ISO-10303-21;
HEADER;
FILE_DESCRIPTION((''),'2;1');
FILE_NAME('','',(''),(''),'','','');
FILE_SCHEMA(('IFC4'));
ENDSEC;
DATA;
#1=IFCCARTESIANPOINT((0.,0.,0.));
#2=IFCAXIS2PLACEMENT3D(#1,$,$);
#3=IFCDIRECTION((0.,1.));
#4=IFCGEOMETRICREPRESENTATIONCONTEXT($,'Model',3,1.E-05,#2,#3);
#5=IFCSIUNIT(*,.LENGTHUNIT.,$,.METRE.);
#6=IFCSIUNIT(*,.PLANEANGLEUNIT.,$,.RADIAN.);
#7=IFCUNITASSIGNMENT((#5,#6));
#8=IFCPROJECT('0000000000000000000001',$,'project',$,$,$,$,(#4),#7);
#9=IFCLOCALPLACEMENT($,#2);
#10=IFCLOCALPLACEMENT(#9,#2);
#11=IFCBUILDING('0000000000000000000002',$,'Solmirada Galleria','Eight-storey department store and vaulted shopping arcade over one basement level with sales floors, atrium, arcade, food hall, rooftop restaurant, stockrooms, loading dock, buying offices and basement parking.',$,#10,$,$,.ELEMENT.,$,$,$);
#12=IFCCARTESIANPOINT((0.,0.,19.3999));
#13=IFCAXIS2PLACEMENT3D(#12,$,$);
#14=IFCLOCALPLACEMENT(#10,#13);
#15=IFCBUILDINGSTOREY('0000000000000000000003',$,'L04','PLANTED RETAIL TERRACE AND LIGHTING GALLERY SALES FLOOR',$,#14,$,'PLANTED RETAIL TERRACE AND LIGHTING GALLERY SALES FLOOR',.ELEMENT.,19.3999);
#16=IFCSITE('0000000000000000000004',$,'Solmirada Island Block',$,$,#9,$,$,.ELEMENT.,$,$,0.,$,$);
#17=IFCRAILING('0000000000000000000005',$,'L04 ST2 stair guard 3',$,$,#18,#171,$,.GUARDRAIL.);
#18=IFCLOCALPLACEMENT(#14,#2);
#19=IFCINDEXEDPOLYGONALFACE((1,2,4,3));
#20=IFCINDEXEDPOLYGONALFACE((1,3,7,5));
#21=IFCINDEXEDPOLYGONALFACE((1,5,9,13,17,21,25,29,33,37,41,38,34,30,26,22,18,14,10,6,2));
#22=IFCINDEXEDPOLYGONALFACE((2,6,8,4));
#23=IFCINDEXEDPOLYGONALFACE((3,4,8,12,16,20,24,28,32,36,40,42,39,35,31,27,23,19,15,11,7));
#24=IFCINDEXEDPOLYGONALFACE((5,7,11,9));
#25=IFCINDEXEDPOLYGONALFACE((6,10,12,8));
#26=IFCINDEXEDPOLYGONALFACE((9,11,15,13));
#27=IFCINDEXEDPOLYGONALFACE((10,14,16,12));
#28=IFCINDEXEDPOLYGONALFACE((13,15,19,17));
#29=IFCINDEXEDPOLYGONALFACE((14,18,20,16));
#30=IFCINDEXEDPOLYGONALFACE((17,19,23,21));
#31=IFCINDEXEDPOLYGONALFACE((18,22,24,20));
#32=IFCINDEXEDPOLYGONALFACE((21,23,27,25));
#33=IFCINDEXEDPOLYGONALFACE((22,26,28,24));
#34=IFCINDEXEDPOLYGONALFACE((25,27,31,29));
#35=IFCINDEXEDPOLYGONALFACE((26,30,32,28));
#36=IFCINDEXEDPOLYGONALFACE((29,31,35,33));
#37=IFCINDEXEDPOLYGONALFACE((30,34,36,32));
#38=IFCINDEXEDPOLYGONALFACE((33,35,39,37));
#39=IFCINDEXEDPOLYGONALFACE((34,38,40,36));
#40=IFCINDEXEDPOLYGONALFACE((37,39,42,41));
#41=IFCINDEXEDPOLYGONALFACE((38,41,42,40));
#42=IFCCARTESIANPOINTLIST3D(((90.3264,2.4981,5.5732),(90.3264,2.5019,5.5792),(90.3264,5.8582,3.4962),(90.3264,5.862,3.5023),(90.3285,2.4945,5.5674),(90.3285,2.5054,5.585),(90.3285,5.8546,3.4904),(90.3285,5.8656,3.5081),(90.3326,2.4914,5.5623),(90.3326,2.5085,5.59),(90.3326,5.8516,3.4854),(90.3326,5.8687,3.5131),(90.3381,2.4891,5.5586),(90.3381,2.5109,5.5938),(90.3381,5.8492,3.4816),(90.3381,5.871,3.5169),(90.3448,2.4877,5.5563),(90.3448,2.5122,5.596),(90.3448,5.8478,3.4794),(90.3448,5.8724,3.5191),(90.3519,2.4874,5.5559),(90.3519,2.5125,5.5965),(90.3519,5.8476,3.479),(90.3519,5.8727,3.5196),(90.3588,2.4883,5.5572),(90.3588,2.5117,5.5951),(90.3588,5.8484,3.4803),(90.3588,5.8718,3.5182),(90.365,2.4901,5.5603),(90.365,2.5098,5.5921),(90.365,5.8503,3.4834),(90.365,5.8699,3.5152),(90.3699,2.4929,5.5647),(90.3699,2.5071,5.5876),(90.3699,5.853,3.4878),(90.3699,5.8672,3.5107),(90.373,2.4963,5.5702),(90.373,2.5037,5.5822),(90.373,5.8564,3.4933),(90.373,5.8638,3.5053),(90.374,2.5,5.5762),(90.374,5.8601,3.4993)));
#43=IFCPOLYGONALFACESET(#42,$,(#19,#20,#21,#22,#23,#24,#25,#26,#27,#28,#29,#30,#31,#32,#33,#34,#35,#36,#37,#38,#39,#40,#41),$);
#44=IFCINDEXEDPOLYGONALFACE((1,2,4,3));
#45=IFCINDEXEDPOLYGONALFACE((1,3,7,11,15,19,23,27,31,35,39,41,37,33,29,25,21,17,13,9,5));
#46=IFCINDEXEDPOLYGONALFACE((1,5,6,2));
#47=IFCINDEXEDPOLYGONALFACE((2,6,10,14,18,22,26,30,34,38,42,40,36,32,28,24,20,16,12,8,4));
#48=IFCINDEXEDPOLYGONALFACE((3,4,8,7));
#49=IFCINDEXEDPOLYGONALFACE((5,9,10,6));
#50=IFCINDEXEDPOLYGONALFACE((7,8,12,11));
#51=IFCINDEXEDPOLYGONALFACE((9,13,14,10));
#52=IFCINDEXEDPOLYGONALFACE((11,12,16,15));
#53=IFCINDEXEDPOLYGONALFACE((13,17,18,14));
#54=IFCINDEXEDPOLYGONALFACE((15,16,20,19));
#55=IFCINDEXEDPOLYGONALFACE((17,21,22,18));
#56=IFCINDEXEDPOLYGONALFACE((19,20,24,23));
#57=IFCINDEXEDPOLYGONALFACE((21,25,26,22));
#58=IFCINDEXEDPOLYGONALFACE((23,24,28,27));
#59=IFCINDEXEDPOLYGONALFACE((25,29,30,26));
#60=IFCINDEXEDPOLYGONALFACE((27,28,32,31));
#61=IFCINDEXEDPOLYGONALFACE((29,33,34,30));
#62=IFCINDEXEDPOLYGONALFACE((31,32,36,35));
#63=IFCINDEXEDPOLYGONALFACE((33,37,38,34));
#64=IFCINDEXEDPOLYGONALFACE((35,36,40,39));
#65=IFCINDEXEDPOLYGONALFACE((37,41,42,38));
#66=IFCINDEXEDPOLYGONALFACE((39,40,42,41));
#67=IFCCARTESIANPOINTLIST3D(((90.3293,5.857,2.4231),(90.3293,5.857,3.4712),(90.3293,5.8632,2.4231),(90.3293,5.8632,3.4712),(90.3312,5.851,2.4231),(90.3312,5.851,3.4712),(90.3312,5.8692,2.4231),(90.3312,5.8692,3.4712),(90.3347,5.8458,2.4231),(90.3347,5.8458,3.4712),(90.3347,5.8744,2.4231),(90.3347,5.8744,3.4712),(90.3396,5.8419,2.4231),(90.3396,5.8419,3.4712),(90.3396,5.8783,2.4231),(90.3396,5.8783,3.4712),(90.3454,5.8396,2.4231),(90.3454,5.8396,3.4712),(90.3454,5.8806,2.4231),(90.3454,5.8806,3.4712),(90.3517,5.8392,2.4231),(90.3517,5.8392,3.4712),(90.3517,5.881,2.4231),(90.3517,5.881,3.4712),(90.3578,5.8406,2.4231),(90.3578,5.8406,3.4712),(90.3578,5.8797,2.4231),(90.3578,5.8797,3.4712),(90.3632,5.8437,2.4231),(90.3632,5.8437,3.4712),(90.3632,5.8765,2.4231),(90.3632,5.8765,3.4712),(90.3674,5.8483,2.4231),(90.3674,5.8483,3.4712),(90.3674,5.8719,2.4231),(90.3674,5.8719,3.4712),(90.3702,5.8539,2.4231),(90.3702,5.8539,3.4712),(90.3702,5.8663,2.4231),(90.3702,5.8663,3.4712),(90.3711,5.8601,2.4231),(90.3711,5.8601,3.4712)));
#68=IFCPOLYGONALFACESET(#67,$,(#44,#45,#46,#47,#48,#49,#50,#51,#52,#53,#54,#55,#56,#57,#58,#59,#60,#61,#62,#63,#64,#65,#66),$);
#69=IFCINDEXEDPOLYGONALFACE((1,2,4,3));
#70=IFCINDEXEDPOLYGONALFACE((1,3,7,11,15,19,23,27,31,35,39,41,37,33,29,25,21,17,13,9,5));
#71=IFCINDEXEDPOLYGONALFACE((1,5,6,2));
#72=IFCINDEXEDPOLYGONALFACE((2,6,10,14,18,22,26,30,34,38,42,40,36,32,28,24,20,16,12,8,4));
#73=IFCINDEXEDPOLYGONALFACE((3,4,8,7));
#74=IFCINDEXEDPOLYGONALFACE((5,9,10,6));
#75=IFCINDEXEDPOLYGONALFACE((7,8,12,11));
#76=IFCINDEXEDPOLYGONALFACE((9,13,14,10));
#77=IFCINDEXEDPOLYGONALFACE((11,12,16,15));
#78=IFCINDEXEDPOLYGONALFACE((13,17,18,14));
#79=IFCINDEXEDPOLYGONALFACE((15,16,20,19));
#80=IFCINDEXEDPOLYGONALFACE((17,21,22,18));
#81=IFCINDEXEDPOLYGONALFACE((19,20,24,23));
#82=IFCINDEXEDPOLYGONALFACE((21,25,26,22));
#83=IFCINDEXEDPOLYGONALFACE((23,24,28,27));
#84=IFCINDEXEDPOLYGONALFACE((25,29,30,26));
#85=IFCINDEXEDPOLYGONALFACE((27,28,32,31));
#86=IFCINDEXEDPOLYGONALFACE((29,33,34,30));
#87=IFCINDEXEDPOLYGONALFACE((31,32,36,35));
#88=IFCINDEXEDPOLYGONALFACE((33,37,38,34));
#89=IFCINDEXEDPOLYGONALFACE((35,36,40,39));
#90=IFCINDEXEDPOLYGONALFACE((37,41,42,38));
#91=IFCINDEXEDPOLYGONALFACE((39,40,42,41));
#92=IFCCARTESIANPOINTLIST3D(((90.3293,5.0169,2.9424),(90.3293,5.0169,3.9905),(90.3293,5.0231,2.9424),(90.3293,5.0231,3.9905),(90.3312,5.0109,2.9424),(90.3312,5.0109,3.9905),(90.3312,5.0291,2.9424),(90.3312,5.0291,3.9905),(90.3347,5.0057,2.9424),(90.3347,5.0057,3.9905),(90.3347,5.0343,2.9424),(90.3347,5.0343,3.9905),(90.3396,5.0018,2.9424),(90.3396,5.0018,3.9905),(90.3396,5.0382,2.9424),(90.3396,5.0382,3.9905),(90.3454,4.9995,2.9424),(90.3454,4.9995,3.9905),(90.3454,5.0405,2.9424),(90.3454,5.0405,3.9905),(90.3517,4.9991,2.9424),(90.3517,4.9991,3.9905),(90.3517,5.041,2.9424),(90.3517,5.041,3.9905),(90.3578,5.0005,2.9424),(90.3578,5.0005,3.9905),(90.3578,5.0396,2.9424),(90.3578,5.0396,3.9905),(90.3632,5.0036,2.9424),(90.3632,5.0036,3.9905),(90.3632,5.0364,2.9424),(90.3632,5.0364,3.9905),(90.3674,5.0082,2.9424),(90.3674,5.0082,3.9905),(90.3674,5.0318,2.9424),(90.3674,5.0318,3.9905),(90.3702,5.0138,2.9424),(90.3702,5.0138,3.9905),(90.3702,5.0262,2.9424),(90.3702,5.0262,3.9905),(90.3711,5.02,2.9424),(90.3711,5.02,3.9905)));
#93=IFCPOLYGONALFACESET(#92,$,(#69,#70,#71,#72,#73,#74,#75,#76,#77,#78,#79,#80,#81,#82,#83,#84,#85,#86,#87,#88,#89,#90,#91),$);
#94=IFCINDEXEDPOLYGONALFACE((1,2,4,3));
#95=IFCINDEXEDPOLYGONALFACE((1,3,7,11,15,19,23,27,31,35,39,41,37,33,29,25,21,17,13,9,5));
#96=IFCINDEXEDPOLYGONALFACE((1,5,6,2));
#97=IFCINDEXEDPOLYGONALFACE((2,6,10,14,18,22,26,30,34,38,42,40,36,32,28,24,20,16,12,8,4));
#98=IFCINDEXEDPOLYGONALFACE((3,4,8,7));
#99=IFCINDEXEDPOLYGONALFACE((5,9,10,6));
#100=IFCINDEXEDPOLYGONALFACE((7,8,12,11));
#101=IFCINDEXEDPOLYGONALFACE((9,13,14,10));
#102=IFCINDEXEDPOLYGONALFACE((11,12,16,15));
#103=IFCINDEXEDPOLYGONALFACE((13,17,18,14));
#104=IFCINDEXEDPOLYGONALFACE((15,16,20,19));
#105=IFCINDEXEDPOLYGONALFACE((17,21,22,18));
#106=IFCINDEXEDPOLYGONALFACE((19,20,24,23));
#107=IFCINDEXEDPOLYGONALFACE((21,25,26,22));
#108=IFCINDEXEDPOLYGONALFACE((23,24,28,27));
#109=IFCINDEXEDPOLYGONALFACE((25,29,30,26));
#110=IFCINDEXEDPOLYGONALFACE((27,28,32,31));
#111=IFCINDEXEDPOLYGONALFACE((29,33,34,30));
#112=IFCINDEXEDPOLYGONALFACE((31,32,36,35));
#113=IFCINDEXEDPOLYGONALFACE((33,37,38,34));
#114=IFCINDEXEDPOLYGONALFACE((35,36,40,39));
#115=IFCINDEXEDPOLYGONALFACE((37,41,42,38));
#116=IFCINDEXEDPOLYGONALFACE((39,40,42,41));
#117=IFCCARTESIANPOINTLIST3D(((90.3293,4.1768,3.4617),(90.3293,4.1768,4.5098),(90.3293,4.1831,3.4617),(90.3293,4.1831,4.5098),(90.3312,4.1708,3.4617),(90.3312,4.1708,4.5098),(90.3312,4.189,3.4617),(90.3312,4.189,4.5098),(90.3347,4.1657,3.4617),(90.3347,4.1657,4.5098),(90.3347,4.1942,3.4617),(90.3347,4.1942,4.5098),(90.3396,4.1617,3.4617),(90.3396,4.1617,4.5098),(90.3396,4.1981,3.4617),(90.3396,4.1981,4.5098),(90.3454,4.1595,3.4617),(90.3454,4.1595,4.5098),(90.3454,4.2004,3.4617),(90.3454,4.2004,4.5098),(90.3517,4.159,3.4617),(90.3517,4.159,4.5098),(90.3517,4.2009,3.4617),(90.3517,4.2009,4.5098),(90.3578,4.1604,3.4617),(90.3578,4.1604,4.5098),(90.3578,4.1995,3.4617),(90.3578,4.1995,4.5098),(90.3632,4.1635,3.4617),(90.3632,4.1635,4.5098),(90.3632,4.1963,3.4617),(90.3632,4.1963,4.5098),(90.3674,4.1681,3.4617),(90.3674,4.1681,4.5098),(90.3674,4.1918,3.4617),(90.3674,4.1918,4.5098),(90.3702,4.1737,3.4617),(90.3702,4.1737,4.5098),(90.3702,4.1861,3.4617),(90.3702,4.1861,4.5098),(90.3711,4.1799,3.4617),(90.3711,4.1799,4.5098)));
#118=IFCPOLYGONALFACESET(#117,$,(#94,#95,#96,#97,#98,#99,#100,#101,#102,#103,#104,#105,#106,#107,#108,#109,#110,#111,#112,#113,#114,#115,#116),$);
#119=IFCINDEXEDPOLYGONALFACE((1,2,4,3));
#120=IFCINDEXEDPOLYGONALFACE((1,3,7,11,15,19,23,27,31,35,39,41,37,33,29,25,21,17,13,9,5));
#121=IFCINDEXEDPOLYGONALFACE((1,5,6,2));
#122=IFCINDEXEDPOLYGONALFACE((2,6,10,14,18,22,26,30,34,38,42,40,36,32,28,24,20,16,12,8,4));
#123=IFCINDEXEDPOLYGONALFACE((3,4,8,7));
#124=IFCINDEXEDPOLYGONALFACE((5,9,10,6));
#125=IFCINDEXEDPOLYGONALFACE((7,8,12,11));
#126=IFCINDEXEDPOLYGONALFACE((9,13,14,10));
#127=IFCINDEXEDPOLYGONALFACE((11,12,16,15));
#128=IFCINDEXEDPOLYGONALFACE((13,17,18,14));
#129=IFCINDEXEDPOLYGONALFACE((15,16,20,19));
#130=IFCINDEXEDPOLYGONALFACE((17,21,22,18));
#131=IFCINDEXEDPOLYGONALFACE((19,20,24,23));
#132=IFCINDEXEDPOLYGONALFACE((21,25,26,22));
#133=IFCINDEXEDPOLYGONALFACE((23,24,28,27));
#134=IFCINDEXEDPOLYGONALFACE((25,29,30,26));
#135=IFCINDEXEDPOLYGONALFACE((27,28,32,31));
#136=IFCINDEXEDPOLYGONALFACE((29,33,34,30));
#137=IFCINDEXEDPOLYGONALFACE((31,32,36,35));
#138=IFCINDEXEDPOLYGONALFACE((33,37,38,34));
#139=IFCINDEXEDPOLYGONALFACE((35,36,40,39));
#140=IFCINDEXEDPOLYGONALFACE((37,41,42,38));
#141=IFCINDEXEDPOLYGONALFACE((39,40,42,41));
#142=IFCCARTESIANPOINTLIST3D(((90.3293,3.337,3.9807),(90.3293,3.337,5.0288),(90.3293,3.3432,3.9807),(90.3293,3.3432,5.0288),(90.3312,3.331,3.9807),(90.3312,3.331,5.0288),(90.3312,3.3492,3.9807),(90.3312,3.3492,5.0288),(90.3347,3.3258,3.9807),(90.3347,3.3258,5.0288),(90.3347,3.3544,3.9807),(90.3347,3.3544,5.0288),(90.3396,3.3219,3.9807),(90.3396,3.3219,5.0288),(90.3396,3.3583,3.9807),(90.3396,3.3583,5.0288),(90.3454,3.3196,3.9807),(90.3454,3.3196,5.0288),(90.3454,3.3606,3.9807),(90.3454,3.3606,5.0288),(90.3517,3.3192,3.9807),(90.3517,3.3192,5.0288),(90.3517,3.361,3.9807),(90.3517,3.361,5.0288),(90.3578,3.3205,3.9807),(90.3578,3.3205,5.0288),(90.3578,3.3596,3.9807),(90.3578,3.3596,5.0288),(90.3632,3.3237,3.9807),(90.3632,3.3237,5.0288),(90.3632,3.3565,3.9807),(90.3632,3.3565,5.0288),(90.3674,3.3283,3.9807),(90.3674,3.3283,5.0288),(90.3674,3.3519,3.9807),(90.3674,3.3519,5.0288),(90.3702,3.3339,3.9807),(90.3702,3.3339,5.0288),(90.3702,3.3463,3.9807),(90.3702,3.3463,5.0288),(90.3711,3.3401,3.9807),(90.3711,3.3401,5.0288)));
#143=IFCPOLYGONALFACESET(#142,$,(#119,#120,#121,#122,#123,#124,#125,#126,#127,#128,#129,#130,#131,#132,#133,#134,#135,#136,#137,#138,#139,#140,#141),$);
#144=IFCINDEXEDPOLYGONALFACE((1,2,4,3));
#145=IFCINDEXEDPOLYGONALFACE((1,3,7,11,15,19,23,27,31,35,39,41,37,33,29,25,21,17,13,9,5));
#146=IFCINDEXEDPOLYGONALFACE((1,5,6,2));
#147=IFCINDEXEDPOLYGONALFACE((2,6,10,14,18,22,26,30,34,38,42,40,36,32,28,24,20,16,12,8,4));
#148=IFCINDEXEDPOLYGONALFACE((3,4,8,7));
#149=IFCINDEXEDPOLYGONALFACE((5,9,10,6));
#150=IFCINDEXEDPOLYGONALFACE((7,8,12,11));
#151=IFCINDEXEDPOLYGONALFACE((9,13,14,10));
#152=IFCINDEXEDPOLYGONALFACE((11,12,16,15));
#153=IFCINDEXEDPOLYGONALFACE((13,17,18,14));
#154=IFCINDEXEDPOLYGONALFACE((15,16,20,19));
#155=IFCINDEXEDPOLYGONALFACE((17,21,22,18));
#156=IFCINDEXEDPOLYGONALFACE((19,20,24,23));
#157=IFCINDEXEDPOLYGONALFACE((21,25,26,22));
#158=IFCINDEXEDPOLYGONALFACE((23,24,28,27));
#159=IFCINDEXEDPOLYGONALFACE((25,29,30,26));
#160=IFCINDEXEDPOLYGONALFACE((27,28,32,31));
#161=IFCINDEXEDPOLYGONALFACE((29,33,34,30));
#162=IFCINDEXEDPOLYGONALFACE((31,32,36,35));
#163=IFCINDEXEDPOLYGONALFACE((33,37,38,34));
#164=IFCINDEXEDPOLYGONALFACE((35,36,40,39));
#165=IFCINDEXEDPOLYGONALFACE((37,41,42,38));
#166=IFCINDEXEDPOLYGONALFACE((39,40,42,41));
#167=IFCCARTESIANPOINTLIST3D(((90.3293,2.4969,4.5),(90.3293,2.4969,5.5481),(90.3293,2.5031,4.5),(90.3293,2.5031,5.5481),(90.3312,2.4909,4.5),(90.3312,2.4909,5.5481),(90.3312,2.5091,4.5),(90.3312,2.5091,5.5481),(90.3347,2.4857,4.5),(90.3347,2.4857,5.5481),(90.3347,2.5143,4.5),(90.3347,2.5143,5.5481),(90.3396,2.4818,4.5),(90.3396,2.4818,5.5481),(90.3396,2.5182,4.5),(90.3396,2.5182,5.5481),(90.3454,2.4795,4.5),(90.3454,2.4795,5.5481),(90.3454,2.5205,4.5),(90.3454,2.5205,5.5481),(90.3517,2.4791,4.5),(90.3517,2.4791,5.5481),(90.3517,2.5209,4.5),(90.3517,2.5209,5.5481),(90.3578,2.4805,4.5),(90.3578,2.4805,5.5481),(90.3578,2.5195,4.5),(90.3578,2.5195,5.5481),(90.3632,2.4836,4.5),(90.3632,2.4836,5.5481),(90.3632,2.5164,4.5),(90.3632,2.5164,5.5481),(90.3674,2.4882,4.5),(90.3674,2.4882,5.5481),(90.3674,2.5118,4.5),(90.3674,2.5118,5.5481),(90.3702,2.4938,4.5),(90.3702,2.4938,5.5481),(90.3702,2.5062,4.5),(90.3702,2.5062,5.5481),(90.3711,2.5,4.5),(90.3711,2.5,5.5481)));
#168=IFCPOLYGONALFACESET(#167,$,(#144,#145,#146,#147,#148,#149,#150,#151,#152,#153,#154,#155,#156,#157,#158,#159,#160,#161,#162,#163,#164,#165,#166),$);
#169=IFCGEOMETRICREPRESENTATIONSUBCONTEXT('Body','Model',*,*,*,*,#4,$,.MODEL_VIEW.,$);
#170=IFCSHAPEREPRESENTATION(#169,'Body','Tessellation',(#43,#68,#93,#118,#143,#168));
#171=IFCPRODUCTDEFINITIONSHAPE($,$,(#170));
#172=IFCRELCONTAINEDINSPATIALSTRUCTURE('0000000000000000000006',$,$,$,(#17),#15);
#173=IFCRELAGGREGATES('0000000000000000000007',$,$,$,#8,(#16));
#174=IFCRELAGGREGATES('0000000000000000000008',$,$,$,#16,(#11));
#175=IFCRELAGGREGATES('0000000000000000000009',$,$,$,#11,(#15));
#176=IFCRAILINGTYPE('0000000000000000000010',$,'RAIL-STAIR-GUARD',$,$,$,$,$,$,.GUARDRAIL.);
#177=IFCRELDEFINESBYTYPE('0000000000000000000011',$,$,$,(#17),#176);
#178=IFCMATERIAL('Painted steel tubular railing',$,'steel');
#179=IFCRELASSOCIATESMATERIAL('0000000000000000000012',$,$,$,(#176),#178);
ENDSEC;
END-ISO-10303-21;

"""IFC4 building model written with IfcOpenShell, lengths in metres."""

from ifc_helpers import new_model, si_unit, direction, frame, origin, origin_2d, place, context, subcontext, project, spatial, circle, extrude, material, type_object, element, save


model = new_model("IFC4")

# Units and contexts
model_context = context("Model", 3, precision=1e-05, world=origin(), true_north=direction((0.0, 1.0)))
body_context = subcontext(model_context, "Body", "Model", "MODEL_VIEW")
ifc_project = project(units=[si_unit("LENGTHUNIT", "METRE"), si_unit("PLANEANGLEUNIT", "RADIAN")], contexts=[model_context])

# Site, building, storey
site_placement = place(None, origin())
site = spatial("IfcSite", under=ifc_project, at=site_placement, Name="Solmirada Island Block", CompositionType="ELEMENT", RefElevation=0.0)
building_placement = place(site_placement, origin())
building = spatial("IfcBuilding", under=site, at=building_placement, Name="Solmirada Galleria", Description="Eight-storey department store and vaulted shopping arcade over one basement level with sales floors, atrium, arcade, food hall, rooftop restaurant, stockrooms, loading dock, buying offices and basement parking.", CompositionType="ELEMENT")
storey_placement = place(building_placement, frame((0.0, 0.0, 19.3999)))
storey = spatial("IfcBuildingStorey", under=building, at=storey_placement, Name="L04", Description="PLANTED RETAIL TERRACE AND LIGHTING GALLERY SALES FLOOR", LongName="PLANTED RETAIL TERRACE AND LIGHTING GALLERY SALES FLOOR", CompositionType="ELEMENT", Elevation=19.3999)

# Railing
ifc_material_1 = material(Name="Painted steel tubular railing", Category="steel")
railing_type_1 = type_object("IfcRailingType", Name="RAIL-STAIR-GUARD", PredefinedType="GUARDRAIL", material=ifc_material_1)
railing_1_placement = place(storey_placement, frame((90.3501, 5.8601, 2.4231)))
element("IfcRailing", 1, at=railing_1_placement, inside=storey, type_object=railing_type_1, Name="L04 ST2 stair guard 3", PredefinedType="GUARDRAIL", context=body_context, shape_type="SweptSolid", body=[
    extrude(circle(Radius=0.0239, at=origin_2d()), frame((0.0, 0.0, 1.0762), z_axis=(0.0, -0.850623, 0.525776), x_axis=(1.0, 0.0, 0.0)), (0.0, 0.0, 1.0), 3.9502),
    extrude(circle(Radius=0.021, at=origin_2d()), origin(), (0.0, 0.0, 1.0), 1.0481),
    extrude(circle(Radius=0.021, at=origin_2d()), frame((0.0, -0.8401, 0.5193)), (0.0, 0.0, 1.0), 1.0481),
    extrude(circle(Radius=0.021, at=origin_2d()), frame((0.0, -1.6802, 1.0386)), (0.0, 0.0, 1.0), 1.0481),
    extrude(circle(Radius=0.021, at=origin_2d()), frame((0.0, -2.52, 1.5576)), (0.0, 0.0, 1.0), 1.0481),
    extrude(circle(Radius=0.021, at=origin_2d()), frame((0.0, -3.3601, 2.0769)), (0.0, 0.0, 1.0), 1.0481),
])

save(model, "model.ifc")
